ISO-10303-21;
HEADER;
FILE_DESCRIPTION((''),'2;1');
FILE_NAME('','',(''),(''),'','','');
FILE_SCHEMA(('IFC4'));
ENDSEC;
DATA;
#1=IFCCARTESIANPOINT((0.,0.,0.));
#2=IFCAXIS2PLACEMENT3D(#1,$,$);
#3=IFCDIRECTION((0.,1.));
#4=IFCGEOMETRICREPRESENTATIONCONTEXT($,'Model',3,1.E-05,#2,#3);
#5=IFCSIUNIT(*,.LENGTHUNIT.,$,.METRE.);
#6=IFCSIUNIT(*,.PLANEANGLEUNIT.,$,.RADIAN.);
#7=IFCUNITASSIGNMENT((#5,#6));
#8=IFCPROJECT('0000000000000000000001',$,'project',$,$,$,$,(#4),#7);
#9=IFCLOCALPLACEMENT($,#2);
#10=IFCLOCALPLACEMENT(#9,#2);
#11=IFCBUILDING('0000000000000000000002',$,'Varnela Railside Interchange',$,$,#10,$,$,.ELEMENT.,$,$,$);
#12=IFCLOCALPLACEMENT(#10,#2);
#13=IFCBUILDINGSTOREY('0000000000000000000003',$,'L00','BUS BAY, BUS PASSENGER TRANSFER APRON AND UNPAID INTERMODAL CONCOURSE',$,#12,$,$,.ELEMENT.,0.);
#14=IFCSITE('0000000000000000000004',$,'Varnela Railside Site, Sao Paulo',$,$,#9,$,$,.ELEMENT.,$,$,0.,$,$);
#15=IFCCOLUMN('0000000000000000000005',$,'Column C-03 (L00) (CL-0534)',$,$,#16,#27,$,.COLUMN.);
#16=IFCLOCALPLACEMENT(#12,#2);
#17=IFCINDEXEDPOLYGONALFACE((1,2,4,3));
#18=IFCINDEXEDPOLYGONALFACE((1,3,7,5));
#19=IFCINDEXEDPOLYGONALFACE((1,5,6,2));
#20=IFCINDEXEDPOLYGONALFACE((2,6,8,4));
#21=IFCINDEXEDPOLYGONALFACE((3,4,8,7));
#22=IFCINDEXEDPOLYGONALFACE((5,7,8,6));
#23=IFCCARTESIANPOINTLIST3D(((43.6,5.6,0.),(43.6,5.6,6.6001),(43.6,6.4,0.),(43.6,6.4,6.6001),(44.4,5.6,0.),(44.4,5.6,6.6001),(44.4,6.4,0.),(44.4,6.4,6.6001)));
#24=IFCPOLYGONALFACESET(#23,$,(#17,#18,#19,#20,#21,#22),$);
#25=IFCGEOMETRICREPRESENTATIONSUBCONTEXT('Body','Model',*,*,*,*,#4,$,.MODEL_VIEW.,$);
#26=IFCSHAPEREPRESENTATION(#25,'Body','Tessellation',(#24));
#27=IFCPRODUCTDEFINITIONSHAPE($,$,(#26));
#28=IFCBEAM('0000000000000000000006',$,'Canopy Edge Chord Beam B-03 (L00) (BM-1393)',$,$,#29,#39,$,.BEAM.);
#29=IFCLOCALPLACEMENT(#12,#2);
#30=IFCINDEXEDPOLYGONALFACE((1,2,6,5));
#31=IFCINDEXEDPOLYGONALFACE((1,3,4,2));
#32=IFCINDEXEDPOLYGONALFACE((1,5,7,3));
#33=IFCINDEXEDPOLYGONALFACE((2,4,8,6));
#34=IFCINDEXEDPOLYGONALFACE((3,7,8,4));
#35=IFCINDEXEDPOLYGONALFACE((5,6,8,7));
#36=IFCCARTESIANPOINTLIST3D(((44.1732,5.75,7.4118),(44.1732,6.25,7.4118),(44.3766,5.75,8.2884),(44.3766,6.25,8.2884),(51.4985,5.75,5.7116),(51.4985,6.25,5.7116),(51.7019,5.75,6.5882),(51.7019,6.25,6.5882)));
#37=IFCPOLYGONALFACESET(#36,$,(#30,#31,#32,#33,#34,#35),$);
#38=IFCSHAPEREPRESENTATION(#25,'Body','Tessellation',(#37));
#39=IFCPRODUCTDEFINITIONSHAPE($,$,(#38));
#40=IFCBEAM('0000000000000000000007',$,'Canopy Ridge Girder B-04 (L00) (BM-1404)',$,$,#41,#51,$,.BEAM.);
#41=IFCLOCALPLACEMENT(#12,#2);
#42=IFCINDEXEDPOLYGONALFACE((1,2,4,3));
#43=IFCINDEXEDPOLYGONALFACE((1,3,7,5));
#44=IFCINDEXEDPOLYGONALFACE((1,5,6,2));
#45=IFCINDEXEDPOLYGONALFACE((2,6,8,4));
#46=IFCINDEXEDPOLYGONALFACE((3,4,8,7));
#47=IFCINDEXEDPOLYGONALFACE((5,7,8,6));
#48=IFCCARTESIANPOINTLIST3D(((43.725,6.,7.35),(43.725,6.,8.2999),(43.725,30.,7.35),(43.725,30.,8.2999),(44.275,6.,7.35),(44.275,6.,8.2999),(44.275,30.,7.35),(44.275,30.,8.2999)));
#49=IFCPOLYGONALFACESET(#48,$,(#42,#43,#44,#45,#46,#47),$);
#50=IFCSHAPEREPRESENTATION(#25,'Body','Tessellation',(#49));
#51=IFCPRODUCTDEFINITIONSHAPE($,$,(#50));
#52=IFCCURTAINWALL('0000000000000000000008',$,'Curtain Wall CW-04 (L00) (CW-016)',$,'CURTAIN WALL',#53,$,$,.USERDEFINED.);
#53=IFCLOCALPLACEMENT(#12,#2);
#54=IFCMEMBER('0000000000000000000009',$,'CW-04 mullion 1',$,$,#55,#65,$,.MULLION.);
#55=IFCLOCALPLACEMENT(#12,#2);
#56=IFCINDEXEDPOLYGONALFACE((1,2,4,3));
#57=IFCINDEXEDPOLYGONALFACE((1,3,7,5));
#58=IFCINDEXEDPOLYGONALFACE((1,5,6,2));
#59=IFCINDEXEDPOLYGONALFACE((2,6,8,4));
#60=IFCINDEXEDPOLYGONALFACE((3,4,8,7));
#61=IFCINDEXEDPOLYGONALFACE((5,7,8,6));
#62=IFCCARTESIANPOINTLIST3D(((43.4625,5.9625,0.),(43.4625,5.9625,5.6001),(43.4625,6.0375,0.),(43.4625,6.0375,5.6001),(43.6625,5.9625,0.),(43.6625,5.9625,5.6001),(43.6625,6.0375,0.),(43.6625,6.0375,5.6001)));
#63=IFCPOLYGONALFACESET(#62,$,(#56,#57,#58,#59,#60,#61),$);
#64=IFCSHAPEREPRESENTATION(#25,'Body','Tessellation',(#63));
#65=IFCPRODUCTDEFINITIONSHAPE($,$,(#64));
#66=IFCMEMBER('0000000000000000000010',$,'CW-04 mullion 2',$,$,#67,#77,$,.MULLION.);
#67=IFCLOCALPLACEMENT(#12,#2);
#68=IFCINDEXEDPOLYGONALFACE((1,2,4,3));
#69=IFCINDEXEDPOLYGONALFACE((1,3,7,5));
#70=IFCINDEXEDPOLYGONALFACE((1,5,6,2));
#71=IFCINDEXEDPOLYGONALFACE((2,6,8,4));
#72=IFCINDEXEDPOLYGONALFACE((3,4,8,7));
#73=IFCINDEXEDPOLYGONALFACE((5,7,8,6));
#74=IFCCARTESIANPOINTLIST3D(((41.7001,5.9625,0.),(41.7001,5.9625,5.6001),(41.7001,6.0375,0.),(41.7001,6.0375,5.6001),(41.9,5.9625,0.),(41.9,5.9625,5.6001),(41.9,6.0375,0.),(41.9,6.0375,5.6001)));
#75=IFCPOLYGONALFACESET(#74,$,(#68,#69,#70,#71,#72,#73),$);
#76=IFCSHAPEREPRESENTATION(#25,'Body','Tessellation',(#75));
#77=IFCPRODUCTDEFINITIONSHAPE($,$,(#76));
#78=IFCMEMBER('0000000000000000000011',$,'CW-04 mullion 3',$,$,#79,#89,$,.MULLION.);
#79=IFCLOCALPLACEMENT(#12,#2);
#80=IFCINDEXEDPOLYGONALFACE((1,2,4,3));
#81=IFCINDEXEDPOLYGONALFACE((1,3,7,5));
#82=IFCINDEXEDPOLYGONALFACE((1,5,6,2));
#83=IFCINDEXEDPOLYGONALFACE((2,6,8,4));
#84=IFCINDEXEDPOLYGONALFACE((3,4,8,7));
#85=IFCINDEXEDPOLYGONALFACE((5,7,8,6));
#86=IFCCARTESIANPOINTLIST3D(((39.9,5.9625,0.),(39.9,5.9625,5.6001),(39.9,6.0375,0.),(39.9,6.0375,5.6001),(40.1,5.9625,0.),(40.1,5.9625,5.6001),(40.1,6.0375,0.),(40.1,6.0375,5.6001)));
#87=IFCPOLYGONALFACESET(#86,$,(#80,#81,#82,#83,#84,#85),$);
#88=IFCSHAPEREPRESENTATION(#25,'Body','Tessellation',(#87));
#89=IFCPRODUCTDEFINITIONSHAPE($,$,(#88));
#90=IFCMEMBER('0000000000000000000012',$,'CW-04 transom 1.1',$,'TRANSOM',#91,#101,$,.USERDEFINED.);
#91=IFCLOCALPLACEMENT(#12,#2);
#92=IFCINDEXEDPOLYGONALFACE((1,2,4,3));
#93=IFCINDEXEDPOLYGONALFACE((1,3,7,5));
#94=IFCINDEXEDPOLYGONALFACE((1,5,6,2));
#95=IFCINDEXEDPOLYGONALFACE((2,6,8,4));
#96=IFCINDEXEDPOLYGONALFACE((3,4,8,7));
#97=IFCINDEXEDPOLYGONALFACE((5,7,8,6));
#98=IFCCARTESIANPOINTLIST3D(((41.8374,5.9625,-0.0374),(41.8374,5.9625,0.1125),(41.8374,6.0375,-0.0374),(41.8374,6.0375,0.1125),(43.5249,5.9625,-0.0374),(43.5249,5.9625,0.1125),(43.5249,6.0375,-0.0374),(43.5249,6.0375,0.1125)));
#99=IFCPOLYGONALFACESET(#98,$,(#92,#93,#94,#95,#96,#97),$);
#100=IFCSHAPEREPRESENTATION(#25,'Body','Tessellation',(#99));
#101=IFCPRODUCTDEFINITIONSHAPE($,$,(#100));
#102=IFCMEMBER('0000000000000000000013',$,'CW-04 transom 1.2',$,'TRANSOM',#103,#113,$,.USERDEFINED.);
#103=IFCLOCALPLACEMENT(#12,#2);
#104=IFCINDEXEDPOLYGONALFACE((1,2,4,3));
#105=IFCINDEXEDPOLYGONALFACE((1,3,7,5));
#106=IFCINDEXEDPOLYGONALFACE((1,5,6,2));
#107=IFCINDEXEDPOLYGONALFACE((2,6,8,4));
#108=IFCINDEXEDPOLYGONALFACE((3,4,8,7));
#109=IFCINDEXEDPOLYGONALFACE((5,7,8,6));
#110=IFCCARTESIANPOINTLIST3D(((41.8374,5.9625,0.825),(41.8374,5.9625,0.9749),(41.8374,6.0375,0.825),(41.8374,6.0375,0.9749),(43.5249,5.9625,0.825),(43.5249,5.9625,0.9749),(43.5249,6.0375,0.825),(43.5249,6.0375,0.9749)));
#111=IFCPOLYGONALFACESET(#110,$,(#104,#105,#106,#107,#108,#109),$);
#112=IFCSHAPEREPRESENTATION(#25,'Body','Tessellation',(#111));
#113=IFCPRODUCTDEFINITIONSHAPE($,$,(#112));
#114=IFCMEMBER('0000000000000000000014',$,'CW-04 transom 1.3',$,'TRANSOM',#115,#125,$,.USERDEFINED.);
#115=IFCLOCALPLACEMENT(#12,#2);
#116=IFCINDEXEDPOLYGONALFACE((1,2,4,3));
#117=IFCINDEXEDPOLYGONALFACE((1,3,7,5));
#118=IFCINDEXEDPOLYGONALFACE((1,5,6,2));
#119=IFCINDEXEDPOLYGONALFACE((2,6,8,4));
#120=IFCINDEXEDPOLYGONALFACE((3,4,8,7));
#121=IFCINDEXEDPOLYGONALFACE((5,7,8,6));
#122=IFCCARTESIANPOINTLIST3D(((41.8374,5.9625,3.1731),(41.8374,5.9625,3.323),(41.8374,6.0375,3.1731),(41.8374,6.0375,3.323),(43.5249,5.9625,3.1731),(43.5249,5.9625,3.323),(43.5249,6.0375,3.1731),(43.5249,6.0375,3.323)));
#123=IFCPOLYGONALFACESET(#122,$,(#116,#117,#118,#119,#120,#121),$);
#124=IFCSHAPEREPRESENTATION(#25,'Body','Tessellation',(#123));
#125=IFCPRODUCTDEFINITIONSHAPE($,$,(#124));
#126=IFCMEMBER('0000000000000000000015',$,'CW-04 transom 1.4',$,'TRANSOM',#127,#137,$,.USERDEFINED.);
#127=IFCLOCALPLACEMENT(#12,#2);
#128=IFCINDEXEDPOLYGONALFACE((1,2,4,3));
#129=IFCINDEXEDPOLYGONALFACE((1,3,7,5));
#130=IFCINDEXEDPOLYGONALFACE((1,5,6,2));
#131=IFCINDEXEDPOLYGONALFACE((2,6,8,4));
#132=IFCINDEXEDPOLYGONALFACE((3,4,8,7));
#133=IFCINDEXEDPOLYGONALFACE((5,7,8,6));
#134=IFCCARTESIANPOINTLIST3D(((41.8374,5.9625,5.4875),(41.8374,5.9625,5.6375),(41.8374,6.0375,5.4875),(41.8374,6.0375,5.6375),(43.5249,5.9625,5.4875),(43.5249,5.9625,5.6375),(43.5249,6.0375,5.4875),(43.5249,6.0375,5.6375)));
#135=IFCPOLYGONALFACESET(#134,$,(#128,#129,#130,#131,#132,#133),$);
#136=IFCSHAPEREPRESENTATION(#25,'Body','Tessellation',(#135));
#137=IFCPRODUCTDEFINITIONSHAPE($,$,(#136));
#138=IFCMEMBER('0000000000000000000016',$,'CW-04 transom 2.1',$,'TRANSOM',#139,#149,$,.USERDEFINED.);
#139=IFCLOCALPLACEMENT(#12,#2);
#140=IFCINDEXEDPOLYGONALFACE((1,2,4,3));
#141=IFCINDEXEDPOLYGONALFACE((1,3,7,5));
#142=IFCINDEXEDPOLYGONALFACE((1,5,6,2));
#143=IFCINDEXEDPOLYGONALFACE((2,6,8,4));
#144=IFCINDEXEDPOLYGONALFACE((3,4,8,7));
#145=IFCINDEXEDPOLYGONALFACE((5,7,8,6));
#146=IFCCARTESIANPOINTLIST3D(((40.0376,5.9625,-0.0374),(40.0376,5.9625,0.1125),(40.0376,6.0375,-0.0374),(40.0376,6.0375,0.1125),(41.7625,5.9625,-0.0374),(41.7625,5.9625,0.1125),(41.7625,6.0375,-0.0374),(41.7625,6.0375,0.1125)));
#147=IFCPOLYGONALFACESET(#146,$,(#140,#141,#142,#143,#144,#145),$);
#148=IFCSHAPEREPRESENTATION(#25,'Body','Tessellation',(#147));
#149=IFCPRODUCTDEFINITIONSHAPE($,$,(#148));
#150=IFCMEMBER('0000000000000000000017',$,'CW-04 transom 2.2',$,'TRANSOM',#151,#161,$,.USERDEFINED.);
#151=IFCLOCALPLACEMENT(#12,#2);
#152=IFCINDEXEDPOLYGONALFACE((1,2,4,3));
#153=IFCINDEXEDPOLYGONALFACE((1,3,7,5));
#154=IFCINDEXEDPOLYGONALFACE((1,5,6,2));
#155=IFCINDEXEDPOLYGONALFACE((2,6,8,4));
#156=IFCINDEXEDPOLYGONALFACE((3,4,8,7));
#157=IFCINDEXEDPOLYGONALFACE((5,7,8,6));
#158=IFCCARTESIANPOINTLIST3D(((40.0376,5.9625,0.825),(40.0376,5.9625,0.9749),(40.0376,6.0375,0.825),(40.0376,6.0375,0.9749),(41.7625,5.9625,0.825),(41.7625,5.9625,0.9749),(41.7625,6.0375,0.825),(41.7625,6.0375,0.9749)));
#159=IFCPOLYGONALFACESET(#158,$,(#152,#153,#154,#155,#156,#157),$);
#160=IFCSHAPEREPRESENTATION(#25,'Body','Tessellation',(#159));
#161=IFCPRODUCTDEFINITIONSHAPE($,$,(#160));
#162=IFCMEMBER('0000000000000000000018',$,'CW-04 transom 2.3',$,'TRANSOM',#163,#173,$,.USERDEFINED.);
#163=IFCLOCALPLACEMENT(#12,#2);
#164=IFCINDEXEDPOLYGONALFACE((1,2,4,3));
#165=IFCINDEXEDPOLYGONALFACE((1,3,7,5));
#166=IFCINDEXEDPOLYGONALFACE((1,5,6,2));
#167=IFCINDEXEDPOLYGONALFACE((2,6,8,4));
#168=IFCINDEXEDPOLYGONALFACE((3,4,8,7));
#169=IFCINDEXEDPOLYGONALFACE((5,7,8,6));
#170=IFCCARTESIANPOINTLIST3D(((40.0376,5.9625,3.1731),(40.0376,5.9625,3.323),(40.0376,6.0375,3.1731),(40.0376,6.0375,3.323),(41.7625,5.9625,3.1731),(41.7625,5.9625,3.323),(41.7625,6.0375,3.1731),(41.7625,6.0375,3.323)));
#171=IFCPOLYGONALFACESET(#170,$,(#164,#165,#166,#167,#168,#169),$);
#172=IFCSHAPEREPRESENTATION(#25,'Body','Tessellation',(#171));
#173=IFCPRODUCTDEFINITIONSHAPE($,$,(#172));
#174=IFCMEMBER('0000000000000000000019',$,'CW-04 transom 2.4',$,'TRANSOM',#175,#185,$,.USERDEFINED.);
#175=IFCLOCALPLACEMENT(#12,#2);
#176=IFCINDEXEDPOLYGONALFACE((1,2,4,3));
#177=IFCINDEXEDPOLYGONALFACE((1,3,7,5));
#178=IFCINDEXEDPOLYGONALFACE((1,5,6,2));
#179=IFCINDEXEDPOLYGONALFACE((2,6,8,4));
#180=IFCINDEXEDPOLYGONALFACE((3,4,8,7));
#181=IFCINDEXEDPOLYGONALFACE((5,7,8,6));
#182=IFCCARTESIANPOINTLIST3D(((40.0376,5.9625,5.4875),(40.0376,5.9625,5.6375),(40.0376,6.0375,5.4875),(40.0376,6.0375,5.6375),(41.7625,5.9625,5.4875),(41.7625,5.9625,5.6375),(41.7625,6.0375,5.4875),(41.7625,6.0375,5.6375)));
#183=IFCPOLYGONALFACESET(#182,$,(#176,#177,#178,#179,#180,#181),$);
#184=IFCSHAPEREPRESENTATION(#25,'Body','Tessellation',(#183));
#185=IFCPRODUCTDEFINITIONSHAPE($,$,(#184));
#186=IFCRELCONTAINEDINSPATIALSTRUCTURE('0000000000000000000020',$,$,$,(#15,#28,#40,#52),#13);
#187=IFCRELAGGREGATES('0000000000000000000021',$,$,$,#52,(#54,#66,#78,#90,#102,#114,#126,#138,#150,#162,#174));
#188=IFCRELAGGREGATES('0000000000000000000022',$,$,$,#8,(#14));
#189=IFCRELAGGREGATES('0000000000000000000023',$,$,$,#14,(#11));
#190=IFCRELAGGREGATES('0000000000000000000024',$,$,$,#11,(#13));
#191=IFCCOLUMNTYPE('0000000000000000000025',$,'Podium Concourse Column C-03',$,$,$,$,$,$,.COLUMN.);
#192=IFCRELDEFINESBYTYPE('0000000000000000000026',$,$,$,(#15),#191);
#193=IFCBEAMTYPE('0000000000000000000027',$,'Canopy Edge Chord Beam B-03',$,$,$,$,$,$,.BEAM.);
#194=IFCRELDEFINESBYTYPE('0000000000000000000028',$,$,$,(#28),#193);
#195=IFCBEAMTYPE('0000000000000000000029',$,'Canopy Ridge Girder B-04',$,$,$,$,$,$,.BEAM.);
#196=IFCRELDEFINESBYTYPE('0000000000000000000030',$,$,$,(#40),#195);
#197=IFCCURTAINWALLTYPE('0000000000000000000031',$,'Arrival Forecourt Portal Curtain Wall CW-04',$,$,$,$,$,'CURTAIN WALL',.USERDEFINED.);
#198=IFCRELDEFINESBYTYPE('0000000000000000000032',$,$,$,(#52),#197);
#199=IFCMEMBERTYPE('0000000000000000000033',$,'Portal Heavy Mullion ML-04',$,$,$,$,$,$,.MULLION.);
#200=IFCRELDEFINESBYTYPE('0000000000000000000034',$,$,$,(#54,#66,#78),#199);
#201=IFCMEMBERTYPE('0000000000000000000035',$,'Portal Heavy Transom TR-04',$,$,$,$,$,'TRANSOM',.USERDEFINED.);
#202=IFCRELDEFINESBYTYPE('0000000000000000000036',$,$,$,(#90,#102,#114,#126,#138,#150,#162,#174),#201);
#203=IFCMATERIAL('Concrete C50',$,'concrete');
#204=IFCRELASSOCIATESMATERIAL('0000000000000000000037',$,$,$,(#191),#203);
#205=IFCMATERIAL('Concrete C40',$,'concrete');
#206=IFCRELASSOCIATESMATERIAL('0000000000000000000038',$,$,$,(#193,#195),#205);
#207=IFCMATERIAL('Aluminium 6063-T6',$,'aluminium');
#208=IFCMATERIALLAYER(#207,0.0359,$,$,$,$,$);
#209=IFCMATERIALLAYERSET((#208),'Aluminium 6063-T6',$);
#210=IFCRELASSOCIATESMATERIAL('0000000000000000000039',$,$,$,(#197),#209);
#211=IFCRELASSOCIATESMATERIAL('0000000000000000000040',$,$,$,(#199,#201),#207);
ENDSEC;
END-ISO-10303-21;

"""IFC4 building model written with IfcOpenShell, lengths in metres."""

from ifc_helpers import new_model, si_unit, direction, frame, origin, origin_2d, place, context, subcontext, project, spatial, rectangle, extrude, material, layer, layer_set, material_profile, profile_set, type_object, element, aggregate, save


model = new_model("IFC4")

# Units and contexts
model_context = context("Model", 3, precision=1e-05, world=origin(), true_north=direction((0.0, 1.0)))
body_context = subcontext(model_context, "Body", "Model", "MODEL_VIEW")
ifc_project = project(units=[si_unit("LENGTHUNIT", "METRE"), si_unit("PLANEANGLEUNIT", "RADIAN")], contexts=[model_context])

# Site, building, storey
site_placement = place(None, origin())
site = spatial("IfcSite", under=ifc_project, at=site_placement, Name="Varnela Railside Site, Sao Paulo", CompositionType="ELEMENT", RefElevation=0.0)
building_placement = place(site_placement, origin())
building = spatial("IfcBuilding", under=site, at=building_placement, Name="Varnela Railside Interchange", CompositionType="ELEMENT")
storey_placement = place(building_placement, origin())
storey = spatial("IfcBuildingStorey", under=building, at=storey_placement, Name="L00", Description="BUS BAY, BUS PASSENGER TRANSFER APRON AND UNPAID INTERMODAL CONCOURSE", CompositionType="ELEMENT", Elevation=0.0)

# Column
ifc_material_1 = material(Name="Concrete C50", Category="concrete")
ifc_material_profile_1 = material_profile(ifc_material_1, rectangle(XDim=0.8, YDim=0.8, at=origin_2d()), Name="RC 800x800")
ifc_profile_set_1 = profile_set([ifc_material_profile_1], Name="Concrete C50")
column_type = type_object("IfcColumnType", Name="Podium Concourse Column C-03", PredefinedType="COLUMN", material=ifc_profile_set_1)
column_placement = place(storey_placement, frame((44.0, 6.0, 0.0), z_axis=(0.0, 0.0, 1.0), x_axis=(1.0, 0.0, 0.0)))
element("IfcColumn", 1, at=column_placement, inside=storey, type_object=column_type, Name="Column C-03 (L00) (CL-0534)", PredefinedType="COLUMN", context=body_context, shape_type="SweptSolid", body=[
    extrude(rectangle(XDim=0.8, YDim=0.8, at=origin_2d()), origin(), (0.0, 0.0, 1.0), 6.6001),
])

# Beams
ifc_material_2 = material(Name="Concrete C40", Category="concrete")
ifc_material_profile_2 = material_profile(ifc_material_2, rectangle(XDim=0.5, YDim=0.8999, at=origin_2d()), Name="RC 500x900")
ifc_profile_set_2 = profile_set([ifc_material_profile_2], Name="Concrete C40")
beam_type_1 = type_object("IfcBeamType", Name="Canopy Edge Chord Beam B-03", PredefinedType="BEAM", material=ifc_profile_set_2)
beam_1_placement = place(storey_placement, frame((44.2749, 6.0, 7.8501), z_axis=(0.974106, 0.0, -0.226092), x_axis=(0.0, 1.0, 0.0)))
element("IfcBeam", 2, at=beam_1_placement, inside=storey, type_object=beam_type_1, Name="Canopy Edge Chord Beam B-03 (L00) (BM-1393)", PredefinedType="BEAM", context=body_context, shape_type="SweptSolid", body=[
    extrude(rectangle(XDim=0.5, YDim=0.8999, at=origin_2d()), origin(), (0.0, 0.0, 1.0), 7.52),
])
ifc_material_profile_3 = material_profile(ifc_material_2, rectangle(XDim=0.55, YDim=0.95, at=origin_2d()), Name="RC 550x950")
ifc_profile_set_3 = profile_set([ifc_material_profile_3], Name="Concrete C40")
beam_type_2 = type_object("IfcBeamType", Name="Canopy Ridge Girder B-04", PredefinedType="BEAM", material=ifc_profile_set_3)
beam_2_placement = place(storey_placement, frame((44.0, 6.0, 7.825), z_axis=(0.0, 1.0, 0.0), x_axis=(-1.0, 0.0, 0.0)))
element("IfcBeam", 3, at=beam_2_placement, inside=storey, type_object=beam_type_2, Name="Canopy Ridge Girder B-04 (L00) (BM-1404)", PredefinedType="BEAM", context=body_context, shape_type="SweptSolid", body=[
    extrude(rectangle(XDim=0.55, YDim=0.95, at=origin_2d()), origin(), (0.0, 0.0, 1.0), 24.0),
])

# Curtain wall, members
ifc_material_3 = material(Name="Aluminium 6063-T6", Category="aluminium")
ifc_layer_1 = layer(ifc_material_3, 0.0359)
ifc_layer_set_1 = layer_set([ifc_layer_1], Name="Aluminium 6063-T6")
curtain_wall_type = type_object("IfcCurtainWallType", Name="Arrival Forecourt Portal Curtain Wall CW-04", ElementType="CURTAIN WALL", PredefinedType="USERDEFINED", material=ifc_layer_set_1)
curtain_wall_placement = place(storey_placement, origin())
curtain_wall = element("IfcCurtainWall", 4, at=curtain_wall_placement, inside=storey, type_object=curtain_wall_type, Name="Curtain Wall CW-04 (L00) (CW-016)", ObjectType="CURTAIN WALL", PredefinedType="USERDEFINED")
ifc_material_profile_4 = material_profile(ifc_material_3, rectangle(XDim=0.075, YDim=0.2, at=origin_2d()), Name="ALU 75x200")
ifc_profile_set_4 = profile_set([ifc_material_profile_4], Name="Aluminium 6063-T6")
member_type_1 = type_object("IfcMemberType", Name="Portal Heavy Mullion ML-04", PredefinedType="MULLION", material=ifc_profile_set_4)
member_1_placement = place(storey_placement, frame((43.5625, 6.0, 0.0), z_axis=(0.0, 0.0, 1.0), x_axis=(0.0, -1.0, 0.0)))
member_1 = element("IfcMember", 5, at=member_1_placement, type_object=member_type_1, Name="CW-04 mullion 1", PredefinedType="MULLION", context=body_context, shape_type="SweptSolid", body=[
    extrude(rectangle(XDim=0.075, YDim=0.2, at=origin_2d()), origin(), (0.0, 0.0, 1.0), 5.6001),
])
member_2_placement = place(storey_placement, frame((41.8, 6.0, 0.0), z_axis=(0.0, 0.0, 1.0), x_axis=(0.0, -1.0, 0.0)))
member_2 = element("IfcMember", 6, at=member_2_placement, type_object=member_type_1, Name="CW-04 mullion 2", PredefinedType="MULLION", context=body_context, shape_type="SweptSolid", body=[
    extrude(rectangle(XDim=0.075, YDim=0.2, at=origin_2d()), origin(), (0.0, 0.0, 1.0), 5.6001),
])
member_3_placement = place(storey_placement, frame((40.0, 6.0, 0.0), z_axis=(0.0, 0.0, 1.0), x_axis=(0.0, -1.0, 0.0)))
member_3 = element("IfcMember", 7, at=member_3_placement, type_object=member_type_1, Name="CW-04 mullion 3", PredefinedType="MULLION", context=body_context, shape_type="SweptSolid", body=[
    extrude(rectangle(XDim=0.075, YDim=0.2, at=origin_2d()), origin(), (0.0, 0.0, 1.0), 5.6001),
])
ifc_material_profile_5 = material_profile(ifc_material_3, rectangle(XDim=0.075, YDim=0.1499, at=origin_2d()), Name="ALU 75x150")
ifc_profile_set_5 = profile_set([ifc_material_profile_5], Name="Aluminium 6063-T6")
member_type_2 = type_object("IfcMemberType", Name="Portal Heavy Transom TR-04", ElementType="TRANSOM", PredefinedType="USERDEFINED", material=ifc_profile_set_5)
member_4_placement = place(storey_placement, frame((43.5249, 6.0, 0.0376), z_axis=(-1.0, 0.0, 0.0), x_axis=(0.0, -1.0, 0.0)))
member_4 = element("IfcMember", 8, at=member_4_placement, type_object=member_type_2, Name="CW-04 transom 1.1", ObjectType="TRANSOM", PredefinedType="USERDEFINED", context=body_context, shape_type="SweptSolid", body=[
    extrude(rectangle(XDim=0.075, YDim=0.1499, at=origin_2d()), origin(), (0.0, 0.0, 1.0), 1.6875),
])
member_5_placement = place(storey_placement, frame((43.5249, 6.0, 0.8999), z_axis=(-1.0, 0.0, 0.0), x_axis=(0.0, -1.0, 0.0)))
member_5 = element("IfcMember", 9, at=member_5_placement, type_object=member_type_2, Name="CW-04 transom 1.2", ObjectType="TRANSOM", PredefinedType="USERDEFINED", context=body_context, shape_type="SweptSolid", body=[
    extrude(rectangle(XDim=0.075, YDim=0.1499, at=origin_2d()), origin(), (0.0, 0.0, 1.0), 1.6875),
])
member_6_placement = place(storey_placement, frame((43.5249, 6.0, 3.248), z_axis=(-1.0, 0.0, 0.0), x_axis=(0.0, -1.0, 0.0)))
member_6 = element("IfcMember", 10, at=member_6_placement, type_object=member_type_2, Name="CW-04 transom 1.3", ObjectType="TRANSOM", PredefinedType="USERDEFINED", context=body_context, shape_type="SweptSolid", body=[
    extrude(rectangle(XDim=0.075, YDim=0.1499, at=origin_2d()), origin(), (0.0, 0.0, 1.0), 1.6875),
])
member_7_placement = place(storey_placement, frame((43.5249, 6.0, 5.5625), z_axis=(-1.0, 0.0, 0.0), x_axis=(0.0, -1.0, 0.0)))
member_7 = element("IfcMember", 11, at=member_7_placement, type_object=member_type_2, Name="CW-04 transom 1.4", ObjectType="TRANSOM", PredefinedType="USERDEFINED", context=body_context, shape_type="SweptSolid", body=[
    extrude(rectangle(XDim=0.075, YDim=0.1499, at=origin_2d()), origin(), (0.0, 0.0, 1.0), 1.6875),
])
member_8_placement = place(storey_placement, frame((41.7625, 6.0, 0.0376), z_axis=(-1.0, 0.0, 0.0), x_axis=(0.0, -1.0, 0.0)))
member_8 = element("IfcMember", 12, at=member_8_placement, type_object=member_type_2, Name="CW-04 transom 2.1", ObjectType="TRANSOM", PredefinedType="USERDEFINED", context=body_context, shape_type="SweptSolid", body=[
    extrude(rectangle(XDim=0.075, YDim=0.1499, at=origin_2d()), origin(), (0.0, 0.0, 1.0), 1.7249),
])
member_9_placement = place(storey_placement, frame((41.7625, 6.0, 0.8999), z_axis=(-1.0, 0.0, 0.0), x_axis=(0.0, -1.0, 0.0)))
member_9 = element("IfcMember", 13, at=member_9_placement, type_object=member_type_2, Name="CW-04 transom 2.2", ObjectType="TRANSOM", PredefinedType="USERDEFINED", context=body_context, shape_type="SweptSolid", body=[
    extrude(rectangle(XDim=0.075, YDim=0.1499, at=origin_2d()), origin(), (0.0, 0.0, 1.0), 1.7249),
])
member_10_placement = place(storey_placement, frame((41.7625, 6.0, 3.248), z_axis=(-1.0, 0.0, 0.0), x_axis=(0.0, -1.0, 0.0)))
member_10 = element("IfcMember", 14, at=member_10_placement, type_object=member_type_2, Name="CW-04 transom 2.3", ObjectType="TRANSOM", PredefinedType="USERDEFINED", context=body_context, shape_type="SweptSolid", body=[
    extrude(rectangle(XDim=0.075, YDim=0.1499, at=origin_2d()), origin(), (0.0, 0.0, 1.0), 1.7249),
])
member_11_placement = place(storey_placement, frame((41.7625, 6.0, 5.5625), z_axis=(-1.0, 0.0, 0.0), x_axis=(0.0, -1.0, 0.0)))
member_11 = element("IfcMember", 15, at=member_11_placement, type_object=member_type_2, Name="CW-04 transom 2.4", ObjectType="TRANSOM", PredefinedType="USERDEFINED", context=body_context, shape_type="SweptSolid", body=[
    extrude(rectangle(XDim=0.075, YDim=0.1499, at=origin_2d()), origin(), (0.0, 0.0, 1.0), 1.7249),
])
aggregate(curtain_wall, [member_1, member_2, member_3, member_4, member_5, member_6, member_7, member_8, member_9, member_10, member_11])

save(model, "model.ifc")
